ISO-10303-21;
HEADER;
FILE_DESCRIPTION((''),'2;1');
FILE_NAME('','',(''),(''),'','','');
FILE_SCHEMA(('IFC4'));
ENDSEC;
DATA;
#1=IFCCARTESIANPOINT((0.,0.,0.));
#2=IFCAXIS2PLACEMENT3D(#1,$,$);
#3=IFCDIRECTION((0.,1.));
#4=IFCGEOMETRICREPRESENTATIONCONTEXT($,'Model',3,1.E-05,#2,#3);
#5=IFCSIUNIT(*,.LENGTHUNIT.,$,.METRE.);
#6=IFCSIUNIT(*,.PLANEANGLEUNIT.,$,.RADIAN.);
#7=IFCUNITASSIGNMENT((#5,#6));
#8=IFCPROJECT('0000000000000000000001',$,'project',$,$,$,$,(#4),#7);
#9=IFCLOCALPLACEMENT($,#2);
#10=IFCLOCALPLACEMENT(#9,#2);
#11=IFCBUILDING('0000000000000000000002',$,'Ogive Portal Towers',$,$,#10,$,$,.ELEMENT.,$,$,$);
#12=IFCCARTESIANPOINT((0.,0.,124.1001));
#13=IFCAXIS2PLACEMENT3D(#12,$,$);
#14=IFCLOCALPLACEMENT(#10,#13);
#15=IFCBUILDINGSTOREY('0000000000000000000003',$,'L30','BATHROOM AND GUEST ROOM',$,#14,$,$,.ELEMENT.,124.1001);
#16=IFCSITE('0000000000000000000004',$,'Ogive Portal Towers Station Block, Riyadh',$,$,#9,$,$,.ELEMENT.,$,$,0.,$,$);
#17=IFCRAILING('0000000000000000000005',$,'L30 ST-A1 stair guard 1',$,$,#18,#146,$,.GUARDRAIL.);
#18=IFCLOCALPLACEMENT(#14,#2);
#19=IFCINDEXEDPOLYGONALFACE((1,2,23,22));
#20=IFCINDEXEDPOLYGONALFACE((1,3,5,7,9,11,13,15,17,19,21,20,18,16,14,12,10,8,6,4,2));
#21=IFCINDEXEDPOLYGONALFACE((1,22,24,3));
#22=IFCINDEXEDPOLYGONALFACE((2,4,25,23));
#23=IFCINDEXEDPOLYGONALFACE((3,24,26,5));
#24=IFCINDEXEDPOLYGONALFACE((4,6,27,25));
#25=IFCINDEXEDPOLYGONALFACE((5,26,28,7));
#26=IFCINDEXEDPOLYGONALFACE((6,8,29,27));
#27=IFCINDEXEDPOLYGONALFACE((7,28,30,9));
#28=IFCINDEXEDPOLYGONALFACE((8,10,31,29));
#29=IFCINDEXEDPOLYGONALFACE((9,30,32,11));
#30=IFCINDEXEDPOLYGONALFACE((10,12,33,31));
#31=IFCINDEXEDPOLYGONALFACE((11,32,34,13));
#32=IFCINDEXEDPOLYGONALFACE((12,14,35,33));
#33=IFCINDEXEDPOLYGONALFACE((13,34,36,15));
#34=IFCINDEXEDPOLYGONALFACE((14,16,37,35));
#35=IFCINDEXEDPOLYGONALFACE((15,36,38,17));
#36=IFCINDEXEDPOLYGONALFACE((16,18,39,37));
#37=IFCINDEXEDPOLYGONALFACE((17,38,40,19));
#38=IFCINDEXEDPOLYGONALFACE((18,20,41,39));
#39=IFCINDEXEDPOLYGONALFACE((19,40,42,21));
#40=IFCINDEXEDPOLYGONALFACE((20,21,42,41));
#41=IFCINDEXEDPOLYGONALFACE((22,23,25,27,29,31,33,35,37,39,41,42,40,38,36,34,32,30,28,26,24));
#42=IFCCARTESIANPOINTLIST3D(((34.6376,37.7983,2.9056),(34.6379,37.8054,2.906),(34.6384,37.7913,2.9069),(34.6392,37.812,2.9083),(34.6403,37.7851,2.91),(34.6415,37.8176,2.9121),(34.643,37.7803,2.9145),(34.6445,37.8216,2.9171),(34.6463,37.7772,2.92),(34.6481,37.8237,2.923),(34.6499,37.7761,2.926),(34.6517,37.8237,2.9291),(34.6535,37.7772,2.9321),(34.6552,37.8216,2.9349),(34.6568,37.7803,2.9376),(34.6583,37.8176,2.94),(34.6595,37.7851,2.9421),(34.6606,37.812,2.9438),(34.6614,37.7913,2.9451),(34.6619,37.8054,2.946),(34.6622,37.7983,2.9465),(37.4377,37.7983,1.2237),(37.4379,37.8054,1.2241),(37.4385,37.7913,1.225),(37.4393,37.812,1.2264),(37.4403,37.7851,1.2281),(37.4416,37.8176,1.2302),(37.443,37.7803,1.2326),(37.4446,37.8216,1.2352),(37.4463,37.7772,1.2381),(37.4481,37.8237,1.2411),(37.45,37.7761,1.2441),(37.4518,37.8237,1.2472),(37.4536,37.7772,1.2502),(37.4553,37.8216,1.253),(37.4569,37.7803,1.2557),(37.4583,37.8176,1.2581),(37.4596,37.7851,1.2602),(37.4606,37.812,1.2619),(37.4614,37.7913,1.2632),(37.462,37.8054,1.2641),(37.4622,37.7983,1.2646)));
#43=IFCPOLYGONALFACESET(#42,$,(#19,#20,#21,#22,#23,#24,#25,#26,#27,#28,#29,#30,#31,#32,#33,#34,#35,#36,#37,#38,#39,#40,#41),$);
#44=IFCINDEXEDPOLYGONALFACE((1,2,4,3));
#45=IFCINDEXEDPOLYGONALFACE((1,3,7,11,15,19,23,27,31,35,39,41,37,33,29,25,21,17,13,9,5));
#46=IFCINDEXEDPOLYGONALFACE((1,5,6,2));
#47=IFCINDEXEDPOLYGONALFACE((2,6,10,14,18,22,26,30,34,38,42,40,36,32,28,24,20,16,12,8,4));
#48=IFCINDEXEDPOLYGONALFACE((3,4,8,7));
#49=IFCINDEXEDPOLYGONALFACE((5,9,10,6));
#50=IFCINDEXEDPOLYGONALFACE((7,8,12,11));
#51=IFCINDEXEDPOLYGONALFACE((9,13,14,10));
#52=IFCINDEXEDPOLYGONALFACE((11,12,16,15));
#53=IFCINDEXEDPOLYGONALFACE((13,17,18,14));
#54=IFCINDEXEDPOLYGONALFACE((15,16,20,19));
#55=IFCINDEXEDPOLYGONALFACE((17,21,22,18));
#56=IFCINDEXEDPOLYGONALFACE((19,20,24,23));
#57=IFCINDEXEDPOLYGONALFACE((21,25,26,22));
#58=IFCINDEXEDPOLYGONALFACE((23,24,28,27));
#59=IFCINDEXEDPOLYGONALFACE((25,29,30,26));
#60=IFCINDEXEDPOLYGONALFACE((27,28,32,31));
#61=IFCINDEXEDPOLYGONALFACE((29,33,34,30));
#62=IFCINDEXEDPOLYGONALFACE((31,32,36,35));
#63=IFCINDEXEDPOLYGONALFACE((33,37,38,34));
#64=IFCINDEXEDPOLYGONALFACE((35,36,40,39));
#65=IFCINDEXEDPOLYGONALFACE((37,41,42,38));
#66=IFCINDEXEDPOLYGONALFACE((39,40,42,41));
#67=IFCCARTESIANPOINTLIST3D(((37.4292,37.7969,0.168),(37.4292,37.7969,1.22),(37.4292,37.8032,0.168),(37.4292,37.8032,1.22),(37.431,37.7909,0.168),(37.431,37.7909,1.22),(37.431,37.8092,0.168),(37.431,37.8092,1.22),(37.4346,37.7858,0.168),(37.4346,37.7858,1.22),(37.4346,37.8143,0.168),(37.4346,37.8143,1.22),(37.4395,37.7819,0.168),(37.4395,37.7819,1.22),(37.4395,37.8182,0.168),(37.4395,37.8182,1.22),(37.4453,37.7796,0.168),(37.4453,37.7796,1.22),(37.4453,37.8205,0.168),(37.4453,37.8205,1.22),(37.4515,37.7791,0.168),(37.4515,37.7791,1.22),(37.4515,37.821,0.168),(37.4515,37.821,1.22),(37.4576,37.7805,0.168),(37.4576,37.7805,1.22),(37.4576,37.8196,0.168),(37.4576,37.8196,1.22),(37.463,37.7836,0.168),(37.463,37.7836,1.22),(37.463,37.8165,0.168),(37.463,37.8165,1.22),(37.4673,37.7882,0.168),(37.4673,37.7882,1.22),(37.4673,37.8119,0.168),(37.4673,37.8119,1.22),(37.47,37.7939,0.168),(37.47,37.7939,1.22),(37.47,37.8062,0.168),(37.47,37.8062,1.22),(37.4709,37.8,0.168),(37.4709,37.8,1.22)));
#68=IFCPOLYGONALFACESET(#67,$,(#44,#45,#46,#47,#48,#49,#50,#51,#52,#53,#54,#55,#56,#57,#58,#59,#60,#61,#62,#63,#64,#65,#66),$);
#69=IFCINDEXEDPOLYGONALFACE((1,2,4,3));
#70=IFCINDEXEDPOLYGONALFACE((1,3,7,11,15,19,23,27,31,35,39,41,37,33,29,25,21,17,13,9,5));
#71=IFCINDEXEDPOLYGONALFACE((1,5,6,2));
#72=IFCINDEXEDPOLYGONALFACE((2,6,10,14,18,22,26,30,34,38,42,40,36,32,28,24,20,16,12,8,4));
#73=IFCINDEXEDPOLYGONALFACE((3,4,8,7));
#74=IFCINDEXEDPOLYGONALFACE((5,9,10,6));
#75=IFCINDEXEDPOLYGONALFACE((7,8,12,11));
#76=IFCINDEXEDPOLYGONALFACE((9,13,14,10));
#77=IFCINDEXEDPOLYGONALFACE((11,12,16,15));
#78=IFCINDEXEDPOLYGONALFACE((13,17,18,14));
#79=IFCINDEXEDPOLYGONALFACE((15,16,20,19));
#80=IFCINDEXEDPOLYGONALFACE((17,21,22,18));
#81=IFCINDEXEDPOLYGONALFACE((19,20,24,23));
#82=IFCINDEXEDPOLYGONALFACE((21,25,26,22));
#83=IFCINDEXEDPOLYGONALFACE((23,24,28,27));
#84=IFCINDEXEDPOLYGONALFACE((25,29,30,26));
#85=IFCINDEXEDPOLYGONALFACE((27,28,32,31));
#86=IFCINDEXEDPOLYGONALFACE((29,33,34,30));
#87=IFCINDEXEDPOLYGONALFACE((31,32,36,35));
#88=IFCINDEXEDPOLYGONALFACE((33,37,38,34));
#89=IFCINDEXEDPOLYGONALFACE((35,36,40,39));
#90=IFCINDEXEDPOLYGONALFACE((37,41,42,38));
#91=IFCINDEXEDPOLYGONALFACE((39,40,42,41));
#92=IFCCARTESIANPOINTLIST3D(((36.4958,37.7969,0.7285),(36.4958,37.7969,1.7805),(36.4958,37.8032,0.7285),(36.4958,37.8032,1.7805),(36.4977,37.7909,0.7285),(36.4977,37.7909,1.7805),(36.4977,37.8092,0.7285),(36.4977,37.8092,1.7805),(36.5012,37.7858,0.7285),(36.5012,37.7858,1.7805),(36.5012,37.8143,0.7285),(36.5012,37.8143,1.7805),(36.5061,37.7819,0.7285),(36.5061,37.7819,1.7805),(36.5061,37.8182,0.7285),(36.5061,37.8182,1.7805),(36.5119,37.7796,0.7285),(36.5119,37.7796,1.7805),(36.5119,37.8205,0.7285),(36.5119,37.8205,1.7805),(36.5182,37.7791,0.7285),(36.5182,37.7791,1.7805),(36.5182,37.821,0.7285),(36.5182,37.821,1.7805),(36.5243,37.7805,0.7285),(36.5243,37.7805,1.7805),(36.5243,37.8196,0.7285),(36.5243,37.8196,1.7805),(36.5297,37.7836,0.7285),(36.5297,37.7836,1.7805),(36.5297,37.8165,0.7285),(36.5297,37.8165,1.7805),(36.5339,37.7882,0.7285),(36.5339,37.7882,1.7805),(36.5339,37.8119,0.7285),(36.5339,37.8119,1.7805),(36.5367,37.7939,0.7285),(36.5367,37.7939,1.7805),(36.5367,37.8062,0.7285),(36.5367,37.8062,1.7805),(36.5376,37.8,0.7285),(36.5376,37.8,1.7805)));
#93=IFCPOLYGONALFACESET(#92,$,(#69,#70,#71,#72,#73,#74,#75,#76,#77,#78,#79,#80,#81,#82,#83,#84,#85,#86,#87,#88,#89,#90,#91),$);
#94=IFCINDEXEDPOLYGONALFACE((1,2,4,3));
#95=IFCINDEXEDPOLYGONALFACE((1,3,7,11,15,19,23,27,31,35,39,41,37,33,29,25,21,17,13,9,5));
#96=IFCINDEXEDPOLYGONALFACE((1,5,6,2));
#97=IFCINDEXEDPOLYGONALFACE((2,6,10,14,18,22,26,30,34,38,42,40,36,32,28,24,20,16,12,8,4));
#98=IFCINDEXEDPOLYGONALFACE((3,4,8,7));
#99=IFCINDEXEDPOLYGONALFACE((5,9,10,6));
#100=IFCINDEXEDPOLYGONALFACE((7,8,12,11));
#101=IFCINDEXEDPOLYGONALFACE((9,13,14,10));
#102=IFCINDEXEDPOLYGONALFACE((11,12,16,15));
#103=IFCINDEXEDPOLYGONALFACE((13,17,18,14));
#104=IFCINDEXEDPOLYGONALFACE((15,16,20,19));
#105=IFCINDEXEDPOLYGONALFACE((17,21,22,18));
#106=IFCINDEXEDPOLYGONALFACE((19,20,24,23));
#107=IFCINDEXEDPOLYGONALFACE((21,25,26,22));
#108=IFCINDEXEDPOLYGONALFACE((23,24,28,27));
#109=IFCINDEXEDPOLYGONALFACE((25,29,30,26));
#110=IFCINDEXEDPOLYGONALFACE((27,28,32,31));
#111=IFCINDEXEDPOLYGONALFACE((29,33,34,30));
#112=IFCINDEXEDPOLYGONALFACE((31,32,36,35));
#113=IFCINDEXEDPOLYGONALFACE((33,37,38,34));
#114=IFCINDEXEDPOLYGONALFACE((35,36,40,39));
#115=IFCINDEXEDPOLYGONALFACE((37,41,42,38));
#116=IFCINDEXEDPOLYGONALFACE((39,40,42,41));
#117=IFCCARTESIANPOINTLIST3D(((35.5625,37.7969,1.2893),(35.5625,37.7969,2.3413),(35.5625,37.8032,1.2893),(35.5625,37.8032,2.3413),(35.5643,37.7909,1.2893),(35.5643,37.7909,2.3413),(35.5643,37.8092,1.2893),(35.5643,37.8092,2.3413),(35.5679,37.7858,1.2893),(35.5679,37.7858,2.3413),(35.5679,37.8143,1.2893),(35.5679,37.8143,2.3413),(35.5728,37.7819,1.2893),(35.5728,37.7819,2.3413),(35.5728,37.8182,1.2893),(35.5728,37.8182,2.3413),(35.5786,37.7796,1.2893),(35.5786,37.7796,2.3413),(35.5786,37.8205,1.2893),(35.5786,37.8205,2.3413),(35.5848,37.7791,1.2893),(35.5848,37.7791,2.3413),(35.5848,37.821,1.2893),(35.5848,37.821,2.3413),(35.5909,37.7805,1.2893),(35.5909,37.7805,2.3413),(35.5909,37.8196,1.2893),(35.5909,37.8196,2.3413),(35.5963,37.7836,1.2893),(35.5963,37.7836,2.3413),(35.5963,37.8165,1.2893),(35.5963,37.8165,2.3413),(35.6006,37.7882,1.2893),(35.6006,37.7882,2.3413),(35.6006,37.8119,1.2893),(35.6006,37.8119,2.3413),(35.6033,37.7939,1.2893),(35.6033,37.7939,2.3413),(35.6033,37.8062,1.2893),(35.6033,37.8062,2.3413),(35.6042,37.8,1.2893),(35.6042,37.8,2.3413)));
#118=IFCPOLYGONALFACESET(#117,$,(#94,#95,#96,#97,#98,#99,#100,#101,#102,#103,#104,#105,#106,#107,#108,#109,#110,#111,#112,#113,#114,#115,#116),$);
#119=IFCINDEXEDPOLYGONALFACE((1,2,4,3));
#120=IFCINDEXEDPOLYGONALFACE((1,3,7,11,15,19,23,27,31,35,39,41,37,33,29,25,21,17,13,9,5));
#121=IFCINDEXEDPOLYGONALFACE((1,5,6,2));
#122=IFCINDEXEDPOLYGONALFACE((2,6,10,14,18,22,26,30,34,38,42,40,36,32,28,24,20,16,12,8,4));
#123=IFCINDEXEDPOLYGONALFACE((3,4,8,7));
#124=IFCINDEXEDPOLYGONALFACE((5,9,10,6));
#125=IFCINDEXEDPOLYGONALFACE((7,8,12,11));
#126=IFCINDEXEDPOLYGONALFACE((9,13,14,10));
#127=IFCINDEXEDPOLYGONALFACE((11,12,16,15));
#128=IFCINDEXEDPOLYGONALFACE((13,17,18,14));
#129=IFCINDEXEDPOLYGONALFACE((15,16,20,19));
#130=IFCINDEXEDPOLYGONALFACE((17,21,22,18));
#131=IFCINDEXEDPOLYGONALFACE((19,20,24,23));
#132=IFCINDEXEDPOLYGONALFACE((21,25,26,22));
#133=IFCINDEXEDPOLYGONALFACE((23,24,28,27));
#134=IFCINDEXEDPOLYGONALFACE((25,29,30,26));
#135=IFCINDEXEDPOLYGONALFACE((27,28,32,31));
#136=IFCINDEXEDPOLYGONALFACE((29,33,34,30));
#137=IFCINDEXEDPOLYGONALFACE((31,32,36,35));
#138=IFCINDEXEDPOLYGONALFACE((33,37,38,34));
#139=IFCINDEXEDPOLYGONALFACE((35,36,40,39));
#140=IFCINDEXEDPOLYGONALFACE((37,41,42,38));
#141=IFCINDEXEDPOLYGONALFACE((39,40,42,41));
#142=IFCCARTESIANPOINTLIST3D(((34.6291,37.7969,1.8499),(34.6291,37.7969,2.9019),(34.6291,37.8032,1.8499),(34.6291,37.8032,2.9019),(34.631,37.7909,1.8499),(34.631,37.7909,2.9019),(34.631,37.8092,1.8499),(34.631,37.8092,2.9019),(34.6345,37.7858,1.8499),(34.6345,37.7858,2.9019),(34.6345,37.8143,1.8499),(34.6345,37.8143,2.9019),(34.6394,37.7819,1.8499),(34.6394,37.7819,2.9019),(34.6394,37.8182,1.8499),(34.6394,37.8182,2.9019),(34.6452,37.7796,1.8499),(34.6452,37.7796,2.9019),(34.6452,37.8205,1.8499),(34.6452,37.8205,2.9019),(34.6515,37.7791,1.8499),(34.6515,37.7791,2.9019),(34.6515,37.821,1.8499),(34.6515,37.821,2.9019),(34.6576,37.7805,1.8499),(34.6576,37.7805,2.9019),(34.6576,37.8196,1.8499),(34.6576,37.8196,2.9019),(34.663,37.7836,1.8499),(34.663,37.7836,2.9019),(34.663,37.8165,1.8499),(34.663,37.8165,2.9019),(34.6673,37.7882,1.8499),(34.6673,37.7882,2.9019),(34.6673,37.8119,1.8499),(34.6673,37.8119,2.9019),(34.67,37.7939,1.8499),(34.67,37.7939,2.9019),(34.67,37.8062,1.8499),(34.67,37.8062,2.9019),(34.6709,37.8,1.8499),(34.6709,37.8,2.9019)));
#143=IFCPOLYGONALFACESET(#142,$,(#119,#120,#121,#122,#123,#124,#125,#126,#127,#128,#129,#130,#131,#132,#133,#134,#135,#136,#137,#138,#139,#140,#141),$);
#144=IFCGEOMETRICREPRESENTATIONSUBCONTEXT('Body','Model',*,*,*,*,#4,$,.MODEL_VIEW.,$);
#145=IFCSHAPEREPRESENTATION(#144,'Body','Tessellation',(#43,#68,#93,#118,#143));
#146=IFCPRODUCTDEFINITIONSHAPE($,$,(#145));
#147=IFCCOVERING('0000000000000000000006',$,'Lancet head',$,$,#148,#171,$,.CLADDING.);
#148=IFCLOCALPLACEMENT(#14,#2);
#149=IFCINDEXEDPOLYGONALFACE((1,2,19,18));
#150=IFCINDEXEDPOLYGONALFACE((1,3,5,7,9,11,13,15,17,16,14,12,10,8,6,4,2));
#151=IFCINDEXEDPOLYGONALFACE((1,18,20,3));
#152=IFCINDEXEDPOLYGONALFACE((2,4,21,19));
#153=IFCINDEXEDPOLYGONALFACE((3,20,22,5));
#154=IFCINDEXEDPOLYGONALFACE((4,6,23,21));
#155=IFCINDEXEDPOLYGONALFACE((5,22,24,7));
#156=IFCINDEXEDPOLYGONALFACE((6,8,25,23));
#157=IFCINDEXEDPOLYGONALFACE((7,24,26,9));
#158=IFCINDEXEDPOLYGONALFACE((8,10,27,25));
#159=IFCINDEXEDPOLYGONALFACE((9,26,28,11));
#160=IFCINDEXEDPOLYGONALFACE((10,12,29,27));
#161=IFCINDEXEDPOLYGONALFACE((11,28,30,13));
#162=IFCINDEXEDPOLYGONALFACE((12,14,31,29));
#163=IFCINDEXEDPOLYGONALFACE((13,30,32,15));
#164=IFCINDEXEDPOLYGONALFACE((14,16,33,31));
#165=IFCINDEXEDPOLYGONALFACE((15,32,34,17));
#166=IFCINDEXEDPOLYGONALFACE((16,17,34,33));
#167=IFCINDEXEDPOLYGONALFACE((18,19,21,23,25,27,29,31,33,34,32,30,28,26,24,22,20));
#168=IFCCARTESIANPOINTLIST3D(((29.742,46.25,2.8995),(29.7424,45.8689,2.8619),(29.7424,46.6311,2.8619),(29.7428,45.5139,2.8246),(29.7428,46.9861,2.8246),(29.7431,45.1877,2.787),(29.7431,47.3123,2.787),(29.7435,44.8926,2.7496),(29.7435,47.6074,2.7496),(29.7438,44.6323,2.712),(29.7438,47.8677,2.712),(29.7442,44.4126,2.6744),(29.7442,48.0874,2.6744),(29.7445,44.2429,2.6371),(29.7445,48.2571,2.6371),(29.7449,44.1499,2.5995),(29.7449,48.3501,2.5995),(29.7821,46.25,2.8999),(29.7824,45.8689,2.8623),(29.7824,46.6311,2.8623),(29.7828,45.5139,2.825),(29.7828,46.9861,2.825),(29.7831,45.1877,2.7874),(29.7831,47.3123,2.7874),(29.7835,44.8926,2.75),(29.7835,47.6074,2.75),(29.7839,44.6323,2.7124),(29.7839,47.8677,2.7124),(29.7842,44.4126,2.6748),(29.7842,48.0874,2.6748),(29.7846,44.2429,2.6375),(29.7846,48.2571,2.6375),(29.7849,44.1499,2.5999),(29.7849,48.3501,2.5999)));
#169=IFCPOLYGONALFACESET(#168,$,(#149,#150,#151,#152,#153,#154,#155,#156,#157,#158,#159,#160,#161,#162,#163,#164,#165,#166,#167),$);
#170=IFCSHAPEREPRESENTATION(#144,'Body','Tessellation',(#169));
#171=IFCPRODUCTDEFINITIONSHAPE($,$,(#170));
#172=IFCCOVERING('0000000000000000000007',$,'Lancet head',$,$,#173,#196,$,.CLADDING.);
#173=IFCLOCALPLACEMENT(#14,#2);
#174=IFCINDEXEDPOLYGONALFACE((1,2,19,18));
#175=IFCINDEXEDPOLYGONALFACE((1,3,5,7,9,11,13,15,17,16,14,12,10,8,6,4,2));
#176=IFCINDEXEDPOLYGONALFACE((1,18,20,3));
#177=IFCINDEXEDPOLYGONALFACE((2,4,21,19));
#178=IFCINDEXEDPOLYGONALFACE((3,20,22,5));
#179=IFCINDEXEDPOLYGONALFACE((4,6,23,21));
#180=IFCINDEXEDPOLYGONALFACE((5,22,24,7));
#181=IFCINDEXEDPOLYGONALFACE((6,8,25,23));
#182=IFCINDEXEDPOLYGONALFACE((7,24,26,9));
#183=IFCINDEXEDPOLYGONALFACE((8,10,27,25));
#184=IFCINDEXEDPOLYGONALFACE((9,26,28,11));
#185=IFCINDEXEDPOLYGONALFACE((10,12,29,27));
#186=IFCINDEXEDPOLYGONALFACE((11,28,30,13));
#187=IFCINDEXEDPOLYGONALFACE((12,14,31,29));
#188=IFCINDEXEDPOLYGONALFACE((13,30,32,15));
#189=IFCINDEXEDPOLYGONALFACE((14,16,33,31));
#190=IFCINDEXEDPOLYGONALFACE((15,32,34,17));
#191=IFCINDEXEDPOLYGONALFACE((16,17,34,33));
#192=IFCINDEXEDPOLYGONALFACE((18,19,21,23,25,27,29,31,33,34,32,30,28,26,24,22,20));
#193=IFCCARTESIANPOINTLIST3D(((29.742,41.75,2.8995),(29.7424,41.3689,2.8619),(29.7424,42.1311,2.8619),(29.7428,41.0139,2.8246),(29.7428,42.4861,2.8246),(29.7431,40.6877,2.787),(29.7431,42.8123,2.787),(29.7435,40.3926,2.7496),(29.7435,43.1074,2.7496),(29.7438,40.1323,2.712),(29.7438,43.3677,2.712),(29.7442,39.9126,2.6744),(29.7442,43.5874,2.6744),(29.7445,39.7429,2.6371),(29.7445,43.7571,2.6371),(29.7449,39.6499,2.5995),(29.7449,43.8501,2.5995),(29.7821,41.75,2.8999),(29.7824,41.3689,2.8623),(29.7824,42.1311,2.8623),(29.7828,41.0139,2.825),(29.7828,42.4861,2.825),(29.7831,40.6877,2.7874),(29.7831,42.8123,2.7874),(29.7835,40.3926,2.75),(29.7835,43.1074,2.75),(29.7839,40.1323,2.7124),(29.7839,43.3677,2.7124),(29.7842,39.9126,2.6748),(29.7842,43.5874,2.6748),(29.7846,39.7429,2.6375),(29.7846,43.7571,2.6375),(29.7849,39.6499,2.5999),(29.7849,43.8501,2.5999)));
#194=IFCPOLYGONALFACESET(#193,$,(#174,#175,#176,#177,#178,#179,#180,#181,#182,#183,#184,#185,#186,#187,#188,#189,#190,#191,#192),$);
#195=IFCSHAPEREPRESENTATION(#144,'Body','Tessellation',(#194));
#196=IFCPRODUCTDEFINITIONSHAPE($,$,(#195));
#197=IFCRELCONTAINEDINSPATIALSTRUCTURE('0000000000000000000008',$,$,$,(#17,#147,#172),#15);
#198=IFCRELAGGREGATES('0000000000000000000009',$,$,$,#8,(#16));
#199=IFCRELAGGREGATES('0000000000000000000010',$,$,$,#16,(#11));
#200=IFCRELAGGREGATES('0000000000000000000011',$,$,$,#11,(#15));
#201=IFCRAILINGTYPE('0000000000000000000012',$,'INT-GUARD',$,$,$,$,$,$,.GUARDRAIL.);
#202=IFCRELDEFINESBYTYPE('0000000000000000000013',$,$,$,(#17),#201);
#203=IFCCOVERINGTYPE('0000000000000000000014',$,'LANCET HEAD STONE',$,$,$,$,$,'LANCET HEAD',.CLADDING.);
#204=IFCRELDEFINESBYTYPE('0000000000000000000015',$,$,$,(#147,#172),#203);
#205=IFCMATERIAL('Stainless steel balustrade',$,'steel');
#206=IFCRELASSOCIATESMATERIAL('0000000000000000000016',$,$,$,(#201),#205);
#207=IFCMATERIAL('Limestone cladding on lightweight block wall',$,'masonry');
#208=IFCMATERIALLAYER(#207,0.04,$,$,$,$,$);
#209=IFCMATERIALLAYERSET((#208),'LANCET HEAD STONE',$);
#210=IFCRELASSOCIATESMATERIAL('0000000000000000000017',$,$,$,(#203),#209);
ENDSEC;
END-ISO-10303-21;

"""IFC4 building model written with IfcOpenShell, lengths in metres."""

from ifc_helpers import new_model, si_unit, direction, frame, origin, origin_2d, place, context, subcontext, project, spatial, polyline, circle, outline, extrude, material, layer, layer_set, type_object, element, save


model = new_model("IFC4")

# Units and contexts
model_context = context("Model", 3, precision=1e-05, world=origin(), true_north=direction((0.0, 1.0)))
body_context = subcontext(model_context, "Body", "Model", "MODEL_VIEW")
ifc_project = project(units=[si_unit("LENGTHUNIT", "METRE"), si_unit("PLANEANGLEUNIT", "RADIAN")], contexts=[model_context])

# Site, building, storey
site_placement = place(None, origin())
site = spatial("IfcSite", under=ifc_project, at=site_placement, Name="Ogive Portal Towers Station Block, Riyadh", CompositionType="ELEMENT", RefElevation=0.0)
building_placement = place(site_placement, origin())
building = spatial("IfcBuilding", under=site, at=building_placement, Name="Ogive Portal Towers", CompositionType="ELEMENT")
storey_placement = place(building_placement, frame((0.0, 0.0, 124.1001)))
storey = spatial("IfcBuildingStorey", under=building, at=storey_placement, Name="L30", Description="BATHROOM AND GUEST ROOM", CompositionType="ELEMENT", Elevation=124.1001)

# Railing
ifc_material_1 = material(Name="Stainless steel balustrade", Category="steel")
railing_type = type_object("IfcRailingType", Name="INT-GUARD", PredefinedType="GUARDRAIL", material=ifc_material_1)
railing_placement = place(storey_placement, frame((37.45, 37.8, 0.168)))
element("IfcRailing", 1, at=railing_placement, inside=storey, type_object=railing_type, Name="L30 ST-A1 stair guard 1", PredefinedType="GUARDRAIL", context=body_context, shape_type="SweptSolid", body=[
    extrude(circle(Radius=0.0239, at=origin_2d()), frame((0.0, 0.0, 1.0762), z_axis=(-0.857242, 0.0, 0.514913), x_axis=(0.0, -1.0, 0.0)), (0.0, 0.0, 1.0), 3.2664),
    extrude(circle(Radius=0.021, at=origin_2d()), origin(), (0.0, 0.0, 1.0), 1.052),
    extrude(circle(Radius=0.021, at=origin_2d()), frame((-0.9333, 0.0, 0.5605)), (0.0, 0.0, 1.0), 1.052),
    extrude(circle(Radius=0.021, at=origin_2d()), frame((-1.8667, 0.0, 1.1213)), (0.0, 0.0, 1.0), 1.052),
    extrude(circle(Radius=0.021, at=origin_2d()), frame((-2.8, 0.0, 1.6819)), (0.0, 0.0, 1.0), 1.052),
])

# Coverings
ifc_material_2 = material(Name="Limestone cladding on lightweight block wall", Category="masonry")
ifc_layer_1 = layer(ifc_material_2, 0.04)
ifc_layer_set_1 = layer_set([ifc_layer_1], Name="LANCET HEAD STONE")
covering_type = type_object("IfcCoveringType", Name="LANCET HEAD STONE", ElementType="LANCET HEAD", PredefinedType="CLADDING", material=ifc_layer_set_1)
for number, where, z_axis, x_axis, name in (
    (2, (29.7849, 48.3501, 2.5999), (0.999956, 0.0, 0.009423), (0.0, -1.0, 0.0), "Lancet head"),
    (3, (29.7849, 43.8501, 2.5999), (0.999956, 0.0, 0.009423), (0.0, -1.0, 0.0), "Lancet head"),
):
    element("IfcCovering", number, at=place(storey_placement, frame(where, z_axis=z_axis, x_axis=x_axis)), inside=storey, type_object=covering_type, Name=name, PredefinedType="CLADDING", context=body_context, shape_type="SweptSolid", body=[
        extrude(outline(polyline([(0.0, 0.0), (4.2002, 0.0), (4.1072, -0.0376), (3.9375, -0.075), (3.7178, -0.1126), (3.4575, -0.1502), (3.1624, -0.1875), (2.8362, -0.2251), (2.4812, -0.2625), (2.1001, -0.3001), (1.719, -0.2625), (1.364, -0.2251), (1.0378, -0.1875), (0.7427, -0.1502), (0.4824, -0.1126), (0.2627, -0.075), (0.093, -0.0376), (0.0, 0.0)])), origin(), (0.0, 0.0, -1.0), 0.04),
    ])

save(model, "model.ifc")
